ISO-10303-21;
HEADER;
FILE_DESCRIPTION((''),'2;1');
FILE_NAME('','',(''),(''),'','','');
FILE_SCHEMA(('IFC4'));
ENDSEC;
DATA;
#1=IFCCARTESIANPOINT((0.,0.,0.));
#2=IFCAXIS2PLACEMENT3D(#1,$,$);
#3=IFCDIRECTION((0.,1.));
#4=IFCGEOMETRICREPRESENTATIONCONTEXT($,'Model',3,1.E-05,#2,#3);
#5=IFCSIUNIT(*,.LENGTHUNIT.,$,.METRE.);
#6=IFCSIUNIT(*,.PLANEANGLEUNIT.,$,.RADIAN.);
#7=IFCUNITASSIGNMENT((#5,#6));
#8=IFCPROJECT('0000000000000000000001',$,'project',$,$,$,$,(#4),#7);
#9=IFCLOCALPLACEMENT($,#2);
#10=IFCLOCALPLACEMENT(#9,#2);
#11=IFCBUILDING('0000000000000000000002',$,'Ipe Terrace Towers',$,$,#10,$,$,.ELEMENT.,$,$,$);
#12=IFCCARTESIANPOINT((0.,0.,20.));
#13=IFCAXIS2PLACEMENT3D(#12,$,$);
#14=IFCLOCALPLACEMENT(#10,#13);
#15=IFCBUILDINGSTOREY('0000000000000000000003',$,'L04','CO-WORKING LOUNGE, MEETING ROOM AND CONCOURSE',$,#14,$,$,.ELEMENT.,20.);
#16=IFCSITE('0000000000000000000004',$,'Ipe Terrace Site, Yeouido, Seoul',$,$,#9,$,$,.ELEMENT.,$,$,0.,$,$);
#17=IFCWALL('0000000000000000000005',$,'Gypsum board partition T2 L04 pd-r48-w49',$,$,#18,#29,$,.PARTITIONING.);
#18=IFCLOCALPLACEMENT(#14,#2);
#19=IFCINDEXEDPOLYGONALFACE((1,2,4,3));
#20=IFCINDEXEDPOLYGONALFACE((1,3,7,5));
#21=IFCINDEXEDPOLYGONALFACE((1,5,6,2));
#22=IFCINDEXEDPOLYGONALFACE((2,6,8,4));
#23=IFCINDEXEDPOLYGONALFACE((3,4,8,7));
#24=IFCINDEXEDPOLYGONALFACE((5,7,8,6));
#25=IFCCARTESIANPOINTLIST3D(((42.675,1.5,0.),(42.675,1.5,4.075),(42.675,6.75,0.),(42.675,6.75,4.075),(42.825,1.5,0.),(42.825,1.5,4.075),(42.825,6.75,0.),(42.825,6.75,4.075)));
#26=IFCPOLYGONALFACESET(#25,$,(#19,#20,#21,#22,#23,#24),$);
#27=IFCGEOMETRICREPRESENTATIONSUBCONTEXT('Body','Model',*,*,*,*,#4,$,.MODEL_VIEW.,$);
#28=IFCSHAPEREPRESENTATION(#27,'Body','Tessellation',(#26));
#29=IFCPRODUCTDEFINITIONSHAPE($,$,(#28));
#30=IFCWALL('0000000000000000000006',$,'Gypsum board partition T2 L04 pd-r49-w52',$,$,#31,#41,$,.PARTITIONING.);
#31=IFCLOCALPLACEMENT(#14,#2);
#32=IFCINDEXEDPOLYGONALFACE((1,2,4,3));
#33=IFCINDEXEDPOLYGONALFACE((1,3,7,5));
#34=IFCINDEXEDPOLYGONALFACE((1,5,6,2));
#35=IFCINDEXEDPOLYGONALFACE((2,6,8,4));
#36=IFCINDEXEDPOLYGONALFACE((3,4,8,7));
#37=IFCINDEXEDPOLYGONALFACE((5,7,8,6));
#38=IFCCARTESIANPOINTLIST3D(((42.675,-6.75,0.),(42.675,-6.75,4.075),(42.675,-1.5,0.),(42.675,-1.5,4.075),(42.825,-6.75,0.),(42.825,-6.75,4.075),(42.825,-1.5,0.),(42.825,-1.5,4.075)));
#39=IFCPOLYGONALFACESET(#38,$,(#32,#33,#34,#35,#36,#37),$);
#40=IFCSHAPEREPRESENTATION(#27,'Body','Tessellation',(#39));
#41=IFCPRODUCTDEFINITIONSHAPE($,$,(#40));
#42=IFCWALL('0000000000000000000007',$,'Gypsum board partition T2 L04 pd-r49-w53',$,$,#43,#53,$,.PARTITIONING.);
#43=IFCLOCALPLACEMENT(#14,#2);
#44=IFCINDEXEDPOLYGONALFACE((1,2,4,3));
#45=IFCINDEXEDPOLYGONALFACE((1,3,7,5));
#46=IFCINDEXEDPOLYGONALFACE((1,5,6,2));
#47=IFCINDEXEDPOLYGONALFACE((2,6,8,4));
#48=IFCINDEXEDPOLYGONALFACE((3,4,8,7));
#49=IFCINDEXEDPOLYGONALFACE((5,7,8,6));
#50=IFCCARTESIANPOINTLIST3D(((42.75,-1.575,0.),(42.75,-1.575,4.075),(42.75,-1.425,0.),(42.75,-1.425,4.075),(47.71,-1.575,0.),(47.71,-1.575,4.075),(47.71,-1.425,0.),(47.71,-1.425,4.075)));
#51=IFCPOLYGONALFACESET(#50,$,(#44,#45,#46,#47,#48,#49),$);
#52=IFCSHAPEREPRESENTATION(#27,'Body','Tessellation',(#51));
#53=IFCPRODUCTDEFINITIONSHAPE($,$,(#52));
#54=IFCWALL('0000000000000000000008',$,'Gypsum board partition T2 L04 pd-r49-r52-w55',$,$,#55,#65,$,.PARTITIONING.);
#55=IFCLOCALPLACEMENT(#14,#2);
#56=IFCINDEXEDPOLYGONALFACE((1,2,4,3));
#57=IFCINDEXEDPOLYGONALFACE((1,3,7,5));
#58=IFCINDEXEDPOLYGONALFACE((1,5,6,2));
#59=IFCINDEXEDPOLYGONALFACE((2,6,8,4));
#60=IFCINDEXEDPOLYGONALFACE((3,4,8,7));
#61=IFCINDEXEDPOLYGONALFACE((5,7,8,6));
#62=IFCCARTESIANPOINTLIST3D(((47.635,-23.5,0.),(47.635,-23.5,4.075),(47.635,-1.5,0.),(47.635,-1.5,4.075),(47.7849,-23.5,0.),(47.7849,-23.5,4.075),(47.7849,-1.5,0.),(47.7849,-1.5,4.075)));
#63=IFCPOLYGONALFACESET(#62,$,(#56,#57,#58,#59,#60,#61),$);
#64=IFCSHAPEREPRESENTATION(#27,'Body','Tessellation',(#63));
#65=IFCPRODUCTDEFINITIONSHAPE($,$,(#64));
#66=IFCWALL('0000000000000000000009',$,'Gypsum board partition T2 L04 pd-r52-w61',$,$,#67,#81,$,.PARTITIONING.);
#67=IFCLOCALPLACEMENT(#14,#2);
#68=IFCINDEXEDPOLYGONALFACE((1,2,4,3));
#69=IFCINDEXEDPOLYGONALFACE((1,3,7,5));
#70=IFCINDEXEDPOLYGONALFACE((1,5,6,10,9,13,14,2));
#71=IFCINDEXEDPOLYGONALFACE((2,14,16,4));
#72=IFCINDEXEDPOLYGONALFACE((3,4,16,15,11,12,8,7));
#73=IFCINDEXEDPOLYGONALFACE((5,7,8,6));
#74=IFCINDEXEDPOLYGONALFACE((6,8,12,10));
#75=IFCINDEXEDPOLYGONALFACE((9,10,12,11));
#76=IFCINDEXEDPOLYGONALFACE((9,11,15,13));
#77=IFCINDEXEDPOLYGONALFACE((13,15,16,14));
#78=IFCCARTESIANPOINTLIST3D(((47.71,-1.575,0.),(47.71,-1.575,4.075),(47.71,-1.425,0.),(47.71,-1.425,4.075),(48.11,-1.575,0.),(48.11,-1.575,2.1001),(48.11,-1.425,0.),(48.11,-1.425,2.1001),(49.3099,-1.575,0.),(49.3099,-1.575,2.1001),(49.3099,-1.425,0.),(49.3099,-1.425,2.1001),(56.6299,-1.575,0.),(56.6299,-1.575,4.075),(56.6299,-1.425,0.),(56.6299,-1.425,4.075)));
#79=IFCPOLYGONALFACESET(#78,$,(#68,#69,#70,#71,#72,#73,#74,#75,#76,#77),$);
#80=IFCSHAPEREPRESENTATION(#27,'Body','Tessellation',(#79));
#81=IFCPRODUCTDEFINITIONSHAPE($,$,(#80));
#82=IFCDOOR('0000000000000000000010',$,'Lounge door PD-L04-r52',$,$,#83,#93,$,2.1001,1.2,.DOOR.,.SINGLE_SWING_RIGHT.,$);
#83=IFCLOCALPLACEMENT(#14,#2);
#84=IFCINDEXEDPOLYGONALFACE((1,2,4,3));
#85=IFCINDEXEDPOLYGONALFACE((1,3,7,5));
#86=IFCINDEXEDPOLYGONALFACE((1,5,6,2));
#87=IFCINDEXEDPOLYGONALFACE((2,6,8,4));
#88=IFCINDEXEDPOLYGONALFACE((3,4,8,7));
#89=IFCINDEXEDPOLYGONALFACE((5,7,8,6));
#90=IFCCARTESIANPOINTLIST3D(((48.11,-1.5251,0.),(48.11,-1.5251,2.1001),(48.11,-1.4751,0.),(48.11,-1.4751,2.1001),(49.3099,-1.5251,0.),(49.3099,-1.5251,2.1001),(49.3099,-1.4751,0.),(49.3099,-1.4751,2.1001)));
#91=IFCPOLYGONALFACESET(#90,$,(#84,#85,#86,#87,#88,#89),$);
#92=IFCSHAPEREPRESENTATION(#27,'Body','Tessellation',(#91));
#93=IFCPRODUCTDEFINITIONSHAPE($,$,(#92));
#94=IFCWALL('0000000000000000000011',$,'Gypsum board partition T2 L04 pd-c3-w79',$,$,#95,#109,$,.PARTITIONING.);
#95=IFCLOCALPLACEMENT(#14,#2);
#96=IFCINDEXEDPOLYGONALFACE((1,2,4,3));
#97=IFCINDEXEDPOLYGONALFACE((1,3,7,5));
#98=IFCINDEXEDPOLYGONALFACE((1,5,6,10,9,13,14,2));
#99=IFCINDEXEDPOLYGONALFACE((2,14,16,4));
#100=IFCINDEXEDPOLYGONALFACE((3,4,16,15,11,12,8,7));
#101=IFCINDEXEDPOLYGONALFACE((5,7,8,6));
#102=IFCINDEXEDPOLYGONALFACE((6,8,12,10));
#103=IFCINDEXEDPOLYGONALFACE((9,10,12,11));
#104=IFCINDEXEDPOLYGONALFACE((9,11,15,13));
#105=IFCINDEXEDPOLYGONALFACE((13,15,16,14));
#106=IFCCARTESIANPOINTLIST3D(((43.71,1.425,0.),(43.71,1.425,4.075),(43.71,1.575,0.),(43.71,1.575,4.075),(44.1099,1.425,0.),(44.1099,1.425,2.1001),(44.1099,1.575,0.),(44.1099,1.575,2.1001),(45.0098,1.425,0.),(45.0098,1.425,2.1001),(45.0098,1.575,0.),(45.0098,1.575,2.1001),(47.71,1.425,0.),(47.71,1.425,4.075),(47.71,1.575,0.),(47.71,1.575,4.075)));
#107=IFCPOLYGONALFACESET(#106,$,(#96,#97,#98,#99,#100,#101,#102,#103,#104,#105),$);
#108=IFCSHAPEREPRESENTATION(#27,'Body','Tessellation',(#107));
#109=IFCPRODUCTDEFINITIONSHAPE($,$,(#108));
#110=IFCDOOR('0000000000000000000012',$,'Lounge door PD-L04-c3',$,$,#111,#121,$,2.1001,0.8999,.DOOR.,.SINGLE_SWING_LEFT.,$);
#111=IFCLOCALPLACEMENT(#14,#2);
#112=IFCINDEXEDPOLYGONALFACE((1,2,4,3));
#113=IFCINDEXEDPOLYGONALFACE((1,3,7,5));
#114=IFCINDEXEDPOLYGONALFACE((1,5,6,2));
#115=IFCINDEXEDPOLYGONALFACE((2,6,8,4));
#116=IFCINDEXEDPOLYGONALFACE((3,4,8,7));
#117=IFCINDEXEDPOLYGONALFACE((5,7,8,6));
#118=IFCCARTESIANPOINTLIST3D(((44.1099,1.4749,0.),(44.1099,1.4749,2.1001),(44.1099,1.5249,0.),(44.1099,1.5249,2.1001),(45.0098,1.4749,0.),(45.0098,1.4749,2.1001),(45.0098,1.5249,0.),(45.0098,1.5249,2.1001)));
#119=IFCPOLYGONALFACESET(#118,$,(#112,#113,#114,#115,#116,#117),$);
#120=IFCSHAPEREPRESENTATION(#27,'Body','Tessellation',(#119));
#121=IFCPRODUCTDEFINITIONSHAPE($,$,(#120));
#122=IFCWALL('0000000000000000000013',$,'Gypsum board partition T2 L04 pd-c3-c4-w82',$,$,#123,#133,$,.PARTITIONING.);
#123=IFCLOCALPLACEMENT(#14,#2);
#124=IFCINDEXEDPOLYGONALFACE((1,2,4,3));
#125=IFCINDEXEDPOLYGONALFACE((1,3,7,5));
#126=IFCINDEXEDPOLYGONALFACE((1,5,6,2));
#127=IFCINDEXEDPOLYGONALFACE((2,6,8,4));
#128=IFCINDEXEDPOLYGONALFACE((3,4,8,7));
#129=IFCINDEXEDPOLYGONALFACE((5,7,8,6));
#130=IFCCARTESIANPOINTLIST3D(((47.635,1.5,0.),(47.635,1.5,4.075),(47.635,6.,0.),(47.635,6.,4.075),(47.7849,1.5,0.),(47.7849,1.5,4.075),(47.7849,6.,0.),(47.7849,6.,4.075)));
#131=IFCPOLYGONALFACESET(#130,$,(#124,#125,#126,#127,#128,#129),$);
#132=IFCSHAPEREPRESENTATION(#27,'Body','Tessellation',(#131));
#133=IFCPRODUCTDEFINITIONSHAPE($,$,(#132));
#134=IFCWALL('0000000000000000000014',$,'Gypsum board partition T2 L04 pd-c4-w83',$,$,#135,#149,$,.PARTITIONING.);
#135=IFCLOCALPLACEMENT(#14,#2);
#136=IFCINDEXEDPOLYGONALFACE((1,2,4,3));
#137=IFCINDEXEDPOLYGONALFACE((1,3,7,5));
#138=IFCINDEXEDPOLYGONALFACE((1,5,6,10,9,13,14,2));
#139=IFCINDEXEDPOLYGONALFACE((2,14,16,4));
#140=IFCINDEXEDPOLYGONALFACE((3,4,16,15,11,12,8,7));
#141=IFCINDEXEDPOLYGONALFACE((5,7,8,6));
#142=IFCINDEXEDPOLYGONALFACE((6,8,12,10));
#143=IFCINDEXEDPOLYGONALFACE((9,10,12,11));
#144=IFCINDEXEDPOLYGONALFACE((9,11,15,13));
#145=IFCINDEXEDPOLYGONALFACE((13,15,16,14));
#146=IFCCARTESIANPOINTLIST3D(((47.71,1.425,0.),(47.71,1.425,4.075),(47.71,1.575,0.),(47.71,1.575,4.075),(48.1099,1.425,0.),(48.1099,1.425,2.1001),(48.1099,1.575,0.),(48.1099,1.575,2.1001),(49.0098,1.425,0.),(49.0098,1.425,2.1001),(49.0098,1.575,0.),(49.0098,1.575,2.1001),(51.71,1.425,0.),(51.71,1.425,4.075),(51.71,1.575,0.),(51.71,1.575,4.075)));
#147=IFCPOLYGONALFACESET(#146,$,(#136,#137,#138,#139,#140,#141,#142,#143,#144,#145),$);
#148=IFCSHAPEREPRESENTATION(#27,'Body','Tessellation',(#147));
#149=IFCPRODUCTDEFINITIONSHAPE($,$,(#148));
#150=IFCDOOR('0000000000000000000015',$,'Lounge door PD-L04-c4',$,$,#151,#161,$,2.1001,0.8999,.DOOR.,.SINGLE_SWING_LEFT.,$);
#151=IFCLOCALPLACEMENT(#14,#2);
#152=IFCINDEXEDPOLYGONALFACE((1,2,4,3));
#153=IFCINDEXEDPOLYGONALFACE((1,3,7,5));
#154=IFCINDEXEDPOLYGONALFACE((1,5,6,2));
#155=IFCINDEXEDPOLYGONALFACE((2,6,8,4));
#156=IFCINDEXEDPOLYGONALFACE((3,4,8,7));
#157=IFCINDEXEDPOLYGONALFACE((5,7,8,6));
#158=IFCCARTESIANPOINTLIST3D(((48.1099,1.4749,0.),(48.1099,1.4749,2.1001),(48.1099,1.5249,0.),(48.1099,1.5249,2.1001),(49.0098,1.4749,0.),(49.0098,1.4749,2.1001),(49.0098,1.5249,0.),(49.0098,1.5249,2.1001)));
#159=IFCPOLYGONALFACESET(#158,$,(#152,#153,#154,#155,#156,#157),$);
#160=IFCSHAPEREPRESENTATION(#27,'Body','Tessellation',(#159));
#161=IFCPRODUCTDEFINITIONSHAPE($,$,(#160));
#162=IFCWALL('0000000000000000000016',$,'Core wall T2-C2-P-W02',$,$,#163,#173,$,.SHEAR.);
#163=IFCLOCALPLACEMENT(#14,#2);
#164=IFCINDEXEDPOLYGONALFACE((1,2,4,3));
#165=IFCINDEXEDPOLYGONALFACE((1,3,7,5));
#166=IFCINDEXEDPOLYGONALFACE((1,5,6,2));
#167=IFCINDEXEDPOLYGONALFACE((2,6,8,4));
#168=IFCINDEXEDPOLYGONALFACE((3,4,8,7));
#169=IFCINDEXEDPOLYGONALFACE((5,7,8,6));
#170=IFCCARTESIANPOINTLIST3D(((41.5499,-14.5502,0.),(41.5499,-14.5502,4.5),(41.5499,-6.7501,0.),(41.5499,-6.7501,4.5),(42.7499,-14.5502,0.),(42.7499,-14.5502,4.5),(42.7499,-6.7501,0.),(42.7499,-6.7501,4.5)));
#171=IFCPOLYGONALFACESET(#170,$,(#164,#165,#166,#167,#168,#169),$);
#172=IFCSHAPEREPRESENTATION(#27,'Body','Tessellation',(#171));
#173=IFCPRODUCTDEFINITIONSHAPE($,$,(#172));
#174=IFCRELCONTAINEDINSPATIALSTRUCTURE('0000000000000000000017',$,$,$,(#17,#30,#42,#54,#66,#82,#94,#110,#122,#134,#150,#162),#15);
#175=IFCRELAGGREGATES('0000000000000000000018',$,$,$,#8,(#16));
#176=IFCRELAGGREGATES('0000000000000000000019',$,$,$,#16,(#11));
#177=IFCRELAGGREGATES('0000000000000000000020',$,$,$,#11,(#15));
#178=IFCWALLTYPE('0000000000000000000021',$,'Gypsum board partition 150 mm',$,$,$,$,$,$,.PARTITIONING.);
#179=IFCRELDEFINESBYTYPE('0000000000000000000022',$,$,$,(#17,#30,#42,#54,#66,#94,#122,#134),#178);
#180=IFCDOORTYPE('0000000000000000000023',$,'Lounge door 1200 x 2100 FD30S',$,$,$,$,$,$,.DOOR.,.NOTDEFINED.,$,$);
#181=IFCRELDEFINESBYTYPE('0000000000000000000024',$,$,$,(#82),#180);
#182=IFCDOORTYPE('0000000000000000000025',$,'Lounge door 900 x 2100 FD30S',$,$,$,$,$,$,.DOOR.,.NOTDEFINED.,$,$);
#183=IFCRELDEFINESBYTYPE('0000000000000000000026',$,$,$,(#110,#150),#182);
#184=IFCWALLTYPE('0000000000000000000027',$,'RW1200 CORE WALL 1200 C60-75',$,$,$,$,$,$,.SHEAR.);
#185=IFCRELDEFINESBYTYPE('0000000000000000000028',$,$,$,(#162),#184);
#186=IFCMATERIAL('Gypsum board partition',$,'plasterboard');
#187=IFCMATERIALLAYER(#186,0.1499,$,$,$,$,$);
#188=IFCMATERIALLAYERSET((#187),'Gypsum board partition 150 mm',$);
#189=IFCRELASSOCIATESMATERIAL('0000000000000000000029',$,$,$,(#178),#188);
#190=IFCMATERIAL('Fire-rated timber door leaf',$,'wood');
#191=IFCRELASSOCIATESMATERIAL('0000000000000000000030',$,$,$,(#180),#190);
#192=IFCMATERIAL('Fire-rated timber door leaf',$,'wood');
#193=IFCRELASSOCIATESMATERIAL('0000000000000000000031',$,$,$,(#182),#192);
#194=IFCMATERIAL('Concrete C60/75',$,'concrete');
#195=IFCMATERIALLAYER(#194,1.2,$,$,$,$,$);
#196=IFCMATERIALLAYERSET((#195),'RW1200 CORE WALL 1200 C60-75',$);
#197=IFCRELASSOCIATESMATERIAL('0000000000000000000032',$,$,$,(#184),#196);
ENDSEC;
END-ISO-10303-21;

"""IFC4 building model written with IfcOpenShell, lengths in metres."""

from ifc_helpers import new_model, si_unit, direction, frame, frame_2d, origin, place, context, subcontext, project, spatial, rectangle, extrude, material, layer, layer_set, type_object, element, fill, save


model = new_model("IFC4")

# Units and contexts
model_context = context("Model", 3, precision=1e-05, world=origin(), true_north=direction((0.0, 1.0)))
body_context = subcontext(model_context, "Body", "Model", "MODEL_VIEW")
ifc_project = project(units=[si_unit("LENGTHUNIT", "METRE"), si_unit("PLANEANGLEUNIT", "RADIAN")], contexts=[model_context])

# Site, building, storey
site_placement = place(None, origin())
site = spatial("IfcSite", under=ifc_project, at=site_placement, Name="Ipe Terrace Site, Yeouido, Seoul", CompositionType="ELEMENT", RefElevation=0.0)
building_placement = place(site_placement, origin())
building = spatial("IfcBuilding", under=site, at=building_placement, Name="Ipe Terrace Towers", CompositionType="ELEMENT")
storey_placement = place(building_placement, frame((0.0, 0.0, 20.0)))
storey = spatial("IfcBuildingStorey", under=building, at=storey_placement, Name="L04", Description="CO-WORKING LOUNGE, MEETING ROOM AND CONCOURSE", CompositionType="ELEMENT", Elevation=20.0)

# Walls
ifc_material_1 = material(Name="Gypsum board partition", Category="plasterboard")
ifc_layer_1 = layer(ifc_material_1, 0.1499)
ifc_layer_set_1 = layer_set([ifc_layer_1], Name="Gypsum board partition 150 mm")
wall_type_1 = type_object("IfcWallType", Name="Gypsum board partition 150 mm", PredefinedType="PARTITIONING", material=ifc_layer_set_1)
for number, where, z_axis, x_axis, name in (
    (1, (42.75, 1.5, 0.0), (0.0, 0.0, 1.0), (0.0, 1.0, 0.0), "Gypsum board partition T2 L04 pd-r48-w49"),
    (2, (42.75, -6.75, 0.0), (0.0, 0.0, 1.0), (0.0, 1.0, 0.0), "Gypsum board partition T2 L04 pd-r49-w52"),
):
    element("IfcWall", number, at=place(storey_placement, frame(where, z_axis=z_axis, x_axis=x_axis)), inside=storey, type_object=wall_type_1, Name=name, PredefinedType="PARTITIONING", context=body_context, shape_type="SweptSolid", body=[
        extrude(rectangle(XDim=5.25, YDim=0.1499, at=frame_2d((2.625, 0.0))), origin(), (0.0, 0.0, 1.0), 4.075),
    ])
wall_1_placement = place(storey_placement, frame((42.75, -1.5, 0.0), z_axis=(0.0, 0.0, 1.0), x_axis=(1.0, 0.0, 0.0)))
element("IfcWall", 3, at=wall_1_placement, inside=storey, type_object=wall_type_1, Name="Gypsum board partition T2 L04 pd-r49-w53", PredefinedType="PARTITIONING", context=body_context, shape_type="SweptSolid", body=[
    extrude(rectangle(XDim=4.96, YDim=0.1499, at=frame_2d((2.48, 0.0))), origin(), (0.0, 0.0, 1.0), 4.075),
])
wall_2_placement = place(storey_placement, frame((47.71, -1.5, 0.0), z_axis=(0.0, 0.0, 1.0), x_axis=(0.0, -1.0, 0.0)))
element("IfcWall", 4, at=wall_2_placement, inside=storey, type_object=wall_type_1, Name="Gypsum board partition T2 L04 pd-r49-r52-w55", PredefinedType="PARTITIONING", context=body_context, shape_type="SweptSolid", body=[
    extrude(rectangle(XDim=22.0, YDim=0.1499, at=frame_2d((11.0, 0.0))), origin(), (0.0, 0.0, 1.0), 4.075),
])

# Walls, openings, doors
wall_3_placement = place(storey_placement, frame((47.71, -1.5, 0.0), z_axis=(0.0, 0.0, 1.0), x_axis=(1.0, 0.0, 0.0)))
wall_3 = element("IfcWall", 5, at=wall_3_placement, inside=storey, type_object=wall_type_1, Name="Gypsum board partition T2 L04 pd-r52-w61", PredefinedType="PARTITIONING", context=body_context, shape_type="SweptSolid", body=[
    extrude(rectangle(XDim=8.9199, YDim=0.1499, at=frame_2d((4.46, 0.0))), origin(), (0.0, 0.0, 1.0), 4.075),
])
opening_1_placement = place(wall_3_placement, frame((0.3999, 0.0, 0.0)))
opening_1 = element("IfcOpeningElement", 6, at=opening_1_placement, cuts=wall_3, PredefinedType="OPENING", context=body_context, shape_type="SweptSolid", body=[
    extrude(rectangle(XDim=1.2, YDim=2.1001, at=frame_2d((0.6001, 1.05))), frame((0.0, 0.085, 0.0), z_axis=(0.0, -1.0, 0.0), x_axis=(1.0, 0.0, 0.0)), (0.0, 0.0, 1.0), 0.1699),
])
ifc_material_2 = material(Name="Fire-rated timber door leaf", Category="wood")
door_type_1 = type_object("IfcDoorType", Name="Lounge door 1200 x 2100 FD30S", OperationType="NOTDEFINED", PredefinedType="DOOR", material=ifc_material_2)
door_1_placement = place(opening_1_placement, origin())
door_1 = element("IfcDoor", 7, at=door_1_placement, inside=storey, type_object=door_type_1, Name="Lounge door PD-L04-r52", OperationType="SINGLE_SWING_RIGHT", OverallHeight=2.1001, OverallWidth=1.2, PredefinedType="DOOR", context=body_context, shape_type="SweptSolid", body=[
    extrude(rectangle(XDim=1.2, YDim=2.1001, at=frame_2d((0.6001, 1.05))), frame((0.0, 0.0249, 0.0), z_axis=(0.0, -1.0, 0.0), x_axis=(1.0, 0.0, 0.0)), (0.0, 0.0, 1.0), 0.05),
])
fill(opening_1, door_1)
wall_4_placement = place(storey_placement, frame((43.71, 1.5, 0.0), z_axis=(0.0, 0.0, 1.0), x_axis=(1.0, 0.0, 0.0)))
wall_4 = element("IfcWall", 8, at=wall_4_placement, inside=storey, type_object=wall_type_1, Name="Gypsum board partition T2 L04 pd-c3-w79", PredefinedType="PARTITIONING", context=body_context, shape_type="SweptSolid", body=[
    extrude(rectangle(XDim=4.0, YDim=0.1499, at=frame_2d((2.0, 0.0))), origin(), (0.0, 0.0, 1.0), 4.075),
])
opening_2_placement = place(wall_4_placement, frame((0.3999, 0.0, 0.0)))
opening_2 = element("IfcOpeningElement", 9, at=opening_2_placement, cuts=wall_4, PredefinedType="OPENING", context=body_context, shape_type="SweptSolid", body=[
    extrude(rectangle(XDim=0.8999, YDim=2.1001, at=frame_2d((0.45, 1.05))), frame((0.0, 0.085, 0.0), z_axis=(0.0, -1.0, 0.0), x_axis=(1.0, 0.0, 0.0)), (0.0, 0.0, 1.0), 0.1699),
])
ifc_material_3 = material(Name="Fire-rated timber door leaf", Category="wood")
door_type_2 = type_object("IfcDoorType", Name="Lounge door 900 x 2100 FD30S", OperationType="NOTDEFINED", PredefinedType="DOOR", material=ifc_material_3)
door_2_placement = place(opening_2_placement, origin())
door_2 = element("IfcDoor", 10, at=door_2_placement, inside=storey, type_object=door_type_2, Name="Lounge door PD-L04-c3", OperationType="SINGLE_SWING_LEFT", OverallHeight=2.1001, OverallWidth=0.8999, PredefinedType="DOOR", context=body_context, shape_type="SweptSolid", body=[
    extrude(rectangle(XDim=0.8999, YDim=2.1001, at=frame_2d((0.45, 1.05))), frame((0.0, 0.0249, 0.0), z_axis=(0.0, -1.0, 0.0), x_axis=(1.0, 0.0, 0.0)), (0.0, 0.0, 1.0), 0.05),
])
fill(opening_2, door_2)

# Wall
wall_5_placement = place(storey_placement, frame((47.71, 1.5, 0.0), z_axis=(0.0, 0.0, 1.0), x_axis=(0.0, 1.0, 0.0)))
element("IfcWall", 11, at=wall_5_placement, inside=storey, type_object=wall_type_1, Name="Gypsum board partition T2 L04 pd-c3-c4-w82", PredefinedType="PARTITIONING", context=body_context, shape_type="SweptSolid", body=[
    extrude(rectangle(XDim=4.5, YDim=0.1499, at=frame_2d((2.25, 0.0))), origin(), (0.0, 0.0, 1.0), 4.075),
])

# Wall, opening, door
wall_6_placement = place(storey_placement, frame((47.71, 1.5, 0.0), z_axis=(0.0, 0.0, 1.0), x_axis=(1.0, 0.0, 0.0)))
wall_6 = element("IfcWall", 12, at=wall_6_placement, inside=storey, type_object=wall_type_1, Name="Gypsum board partition T2 L04 pd-c4-w83", PredefinedType="PARTITIONING", context=body_context, shape_type="SweptSolid", body=[
    extrude(rectangle(XDim=4.0, YDim=0.1499, at=frame_2d((2.0, 0.0))), origin(), (0.0, 0.0, 1.0), 4.075),
])
opening_3_placement = place(wall_6_placement, frame((0.3999, 0.0, 0.0)))
opening_3 = element("IfcOpeningElement", 13, at=opening_3_placement, cuts=wall_6, PredefinedType="OPENING", context=body_context, shape_type="SweptSolid", body=[
    extrude(rectangle(XDim=0.8999, YDim=2.1001, at=frame_2d((0.45, 1.05))), frame((0.0, 0.085, 0.0), z_axis=(0.0, -1.0, 0.0), x_axis=(1.0, 0.0, 0.0)), (0.0, 0.0, 1.0), 0.1699),
])
door_3_placement = place(opening_3_placement, origin())
door_3 = element("IfcDoor", 14, at=door_3_placement, inside=storey, type_object=door_type_2, Name="Lounge door PD-L04-c4", OperationType="SINGLE_SWING_LEFT", OverallHeight=2.1001, OverallWidth=0.8999, PredefinedType="DOOR", context=body_context, shape_type="SweptSolid", body=[
    extrude(rectangle(XDim=0.8999, YDim=2.1001, at=frame_2d((0.45, 1.05))), frame((0.0, 0.0249, 0.0), z_axis=(0.0, -1.0, 0.0), x_axis=(1.0, 0.0, 0.0)), (0.0, 0.0, 1.0), 0.05),
])
fill(opening_3, door_3)

# Wall
ifc_material_4 = material(Name="Concrete C60/75", Category="concrete")
ifc_layer_2 = layer(ifc_material_4, 1.2)
ifc_layer_set_2 = layer_set([ifc_layer_2], Name="RW1200 CORE WALL 1200 C60-75")
wall_type_2 = type_object("IfcWallType", Name="RW1200 CORE WALL 1200 C60-75", PredefinedType="SHEAR", material=ifc_layer_set_2)
wall_7_placement = place(storey_placement, frame((42.1499, -14.55, 0.0), z_axis=(0.0, 0.0, 1.0), x_axis=(0.0, 1.0, 0.0)))
element("IfcWall", 15, at=wall_7_placement, inside=storey, type_object=wall_type_2, Name="Core wall T2-C2-P-W02", PredefinedType="SHEAR", context=body_context, shape_type="SweptSolid", body=[
    extrude(rectangle(XDim=7.8, YDim=1.2, at=frame_2d((3.8999, 0.0))), origin(), (0.0, 0.0, 1.0), 4.5),
])

save(model, "model.ifc")
